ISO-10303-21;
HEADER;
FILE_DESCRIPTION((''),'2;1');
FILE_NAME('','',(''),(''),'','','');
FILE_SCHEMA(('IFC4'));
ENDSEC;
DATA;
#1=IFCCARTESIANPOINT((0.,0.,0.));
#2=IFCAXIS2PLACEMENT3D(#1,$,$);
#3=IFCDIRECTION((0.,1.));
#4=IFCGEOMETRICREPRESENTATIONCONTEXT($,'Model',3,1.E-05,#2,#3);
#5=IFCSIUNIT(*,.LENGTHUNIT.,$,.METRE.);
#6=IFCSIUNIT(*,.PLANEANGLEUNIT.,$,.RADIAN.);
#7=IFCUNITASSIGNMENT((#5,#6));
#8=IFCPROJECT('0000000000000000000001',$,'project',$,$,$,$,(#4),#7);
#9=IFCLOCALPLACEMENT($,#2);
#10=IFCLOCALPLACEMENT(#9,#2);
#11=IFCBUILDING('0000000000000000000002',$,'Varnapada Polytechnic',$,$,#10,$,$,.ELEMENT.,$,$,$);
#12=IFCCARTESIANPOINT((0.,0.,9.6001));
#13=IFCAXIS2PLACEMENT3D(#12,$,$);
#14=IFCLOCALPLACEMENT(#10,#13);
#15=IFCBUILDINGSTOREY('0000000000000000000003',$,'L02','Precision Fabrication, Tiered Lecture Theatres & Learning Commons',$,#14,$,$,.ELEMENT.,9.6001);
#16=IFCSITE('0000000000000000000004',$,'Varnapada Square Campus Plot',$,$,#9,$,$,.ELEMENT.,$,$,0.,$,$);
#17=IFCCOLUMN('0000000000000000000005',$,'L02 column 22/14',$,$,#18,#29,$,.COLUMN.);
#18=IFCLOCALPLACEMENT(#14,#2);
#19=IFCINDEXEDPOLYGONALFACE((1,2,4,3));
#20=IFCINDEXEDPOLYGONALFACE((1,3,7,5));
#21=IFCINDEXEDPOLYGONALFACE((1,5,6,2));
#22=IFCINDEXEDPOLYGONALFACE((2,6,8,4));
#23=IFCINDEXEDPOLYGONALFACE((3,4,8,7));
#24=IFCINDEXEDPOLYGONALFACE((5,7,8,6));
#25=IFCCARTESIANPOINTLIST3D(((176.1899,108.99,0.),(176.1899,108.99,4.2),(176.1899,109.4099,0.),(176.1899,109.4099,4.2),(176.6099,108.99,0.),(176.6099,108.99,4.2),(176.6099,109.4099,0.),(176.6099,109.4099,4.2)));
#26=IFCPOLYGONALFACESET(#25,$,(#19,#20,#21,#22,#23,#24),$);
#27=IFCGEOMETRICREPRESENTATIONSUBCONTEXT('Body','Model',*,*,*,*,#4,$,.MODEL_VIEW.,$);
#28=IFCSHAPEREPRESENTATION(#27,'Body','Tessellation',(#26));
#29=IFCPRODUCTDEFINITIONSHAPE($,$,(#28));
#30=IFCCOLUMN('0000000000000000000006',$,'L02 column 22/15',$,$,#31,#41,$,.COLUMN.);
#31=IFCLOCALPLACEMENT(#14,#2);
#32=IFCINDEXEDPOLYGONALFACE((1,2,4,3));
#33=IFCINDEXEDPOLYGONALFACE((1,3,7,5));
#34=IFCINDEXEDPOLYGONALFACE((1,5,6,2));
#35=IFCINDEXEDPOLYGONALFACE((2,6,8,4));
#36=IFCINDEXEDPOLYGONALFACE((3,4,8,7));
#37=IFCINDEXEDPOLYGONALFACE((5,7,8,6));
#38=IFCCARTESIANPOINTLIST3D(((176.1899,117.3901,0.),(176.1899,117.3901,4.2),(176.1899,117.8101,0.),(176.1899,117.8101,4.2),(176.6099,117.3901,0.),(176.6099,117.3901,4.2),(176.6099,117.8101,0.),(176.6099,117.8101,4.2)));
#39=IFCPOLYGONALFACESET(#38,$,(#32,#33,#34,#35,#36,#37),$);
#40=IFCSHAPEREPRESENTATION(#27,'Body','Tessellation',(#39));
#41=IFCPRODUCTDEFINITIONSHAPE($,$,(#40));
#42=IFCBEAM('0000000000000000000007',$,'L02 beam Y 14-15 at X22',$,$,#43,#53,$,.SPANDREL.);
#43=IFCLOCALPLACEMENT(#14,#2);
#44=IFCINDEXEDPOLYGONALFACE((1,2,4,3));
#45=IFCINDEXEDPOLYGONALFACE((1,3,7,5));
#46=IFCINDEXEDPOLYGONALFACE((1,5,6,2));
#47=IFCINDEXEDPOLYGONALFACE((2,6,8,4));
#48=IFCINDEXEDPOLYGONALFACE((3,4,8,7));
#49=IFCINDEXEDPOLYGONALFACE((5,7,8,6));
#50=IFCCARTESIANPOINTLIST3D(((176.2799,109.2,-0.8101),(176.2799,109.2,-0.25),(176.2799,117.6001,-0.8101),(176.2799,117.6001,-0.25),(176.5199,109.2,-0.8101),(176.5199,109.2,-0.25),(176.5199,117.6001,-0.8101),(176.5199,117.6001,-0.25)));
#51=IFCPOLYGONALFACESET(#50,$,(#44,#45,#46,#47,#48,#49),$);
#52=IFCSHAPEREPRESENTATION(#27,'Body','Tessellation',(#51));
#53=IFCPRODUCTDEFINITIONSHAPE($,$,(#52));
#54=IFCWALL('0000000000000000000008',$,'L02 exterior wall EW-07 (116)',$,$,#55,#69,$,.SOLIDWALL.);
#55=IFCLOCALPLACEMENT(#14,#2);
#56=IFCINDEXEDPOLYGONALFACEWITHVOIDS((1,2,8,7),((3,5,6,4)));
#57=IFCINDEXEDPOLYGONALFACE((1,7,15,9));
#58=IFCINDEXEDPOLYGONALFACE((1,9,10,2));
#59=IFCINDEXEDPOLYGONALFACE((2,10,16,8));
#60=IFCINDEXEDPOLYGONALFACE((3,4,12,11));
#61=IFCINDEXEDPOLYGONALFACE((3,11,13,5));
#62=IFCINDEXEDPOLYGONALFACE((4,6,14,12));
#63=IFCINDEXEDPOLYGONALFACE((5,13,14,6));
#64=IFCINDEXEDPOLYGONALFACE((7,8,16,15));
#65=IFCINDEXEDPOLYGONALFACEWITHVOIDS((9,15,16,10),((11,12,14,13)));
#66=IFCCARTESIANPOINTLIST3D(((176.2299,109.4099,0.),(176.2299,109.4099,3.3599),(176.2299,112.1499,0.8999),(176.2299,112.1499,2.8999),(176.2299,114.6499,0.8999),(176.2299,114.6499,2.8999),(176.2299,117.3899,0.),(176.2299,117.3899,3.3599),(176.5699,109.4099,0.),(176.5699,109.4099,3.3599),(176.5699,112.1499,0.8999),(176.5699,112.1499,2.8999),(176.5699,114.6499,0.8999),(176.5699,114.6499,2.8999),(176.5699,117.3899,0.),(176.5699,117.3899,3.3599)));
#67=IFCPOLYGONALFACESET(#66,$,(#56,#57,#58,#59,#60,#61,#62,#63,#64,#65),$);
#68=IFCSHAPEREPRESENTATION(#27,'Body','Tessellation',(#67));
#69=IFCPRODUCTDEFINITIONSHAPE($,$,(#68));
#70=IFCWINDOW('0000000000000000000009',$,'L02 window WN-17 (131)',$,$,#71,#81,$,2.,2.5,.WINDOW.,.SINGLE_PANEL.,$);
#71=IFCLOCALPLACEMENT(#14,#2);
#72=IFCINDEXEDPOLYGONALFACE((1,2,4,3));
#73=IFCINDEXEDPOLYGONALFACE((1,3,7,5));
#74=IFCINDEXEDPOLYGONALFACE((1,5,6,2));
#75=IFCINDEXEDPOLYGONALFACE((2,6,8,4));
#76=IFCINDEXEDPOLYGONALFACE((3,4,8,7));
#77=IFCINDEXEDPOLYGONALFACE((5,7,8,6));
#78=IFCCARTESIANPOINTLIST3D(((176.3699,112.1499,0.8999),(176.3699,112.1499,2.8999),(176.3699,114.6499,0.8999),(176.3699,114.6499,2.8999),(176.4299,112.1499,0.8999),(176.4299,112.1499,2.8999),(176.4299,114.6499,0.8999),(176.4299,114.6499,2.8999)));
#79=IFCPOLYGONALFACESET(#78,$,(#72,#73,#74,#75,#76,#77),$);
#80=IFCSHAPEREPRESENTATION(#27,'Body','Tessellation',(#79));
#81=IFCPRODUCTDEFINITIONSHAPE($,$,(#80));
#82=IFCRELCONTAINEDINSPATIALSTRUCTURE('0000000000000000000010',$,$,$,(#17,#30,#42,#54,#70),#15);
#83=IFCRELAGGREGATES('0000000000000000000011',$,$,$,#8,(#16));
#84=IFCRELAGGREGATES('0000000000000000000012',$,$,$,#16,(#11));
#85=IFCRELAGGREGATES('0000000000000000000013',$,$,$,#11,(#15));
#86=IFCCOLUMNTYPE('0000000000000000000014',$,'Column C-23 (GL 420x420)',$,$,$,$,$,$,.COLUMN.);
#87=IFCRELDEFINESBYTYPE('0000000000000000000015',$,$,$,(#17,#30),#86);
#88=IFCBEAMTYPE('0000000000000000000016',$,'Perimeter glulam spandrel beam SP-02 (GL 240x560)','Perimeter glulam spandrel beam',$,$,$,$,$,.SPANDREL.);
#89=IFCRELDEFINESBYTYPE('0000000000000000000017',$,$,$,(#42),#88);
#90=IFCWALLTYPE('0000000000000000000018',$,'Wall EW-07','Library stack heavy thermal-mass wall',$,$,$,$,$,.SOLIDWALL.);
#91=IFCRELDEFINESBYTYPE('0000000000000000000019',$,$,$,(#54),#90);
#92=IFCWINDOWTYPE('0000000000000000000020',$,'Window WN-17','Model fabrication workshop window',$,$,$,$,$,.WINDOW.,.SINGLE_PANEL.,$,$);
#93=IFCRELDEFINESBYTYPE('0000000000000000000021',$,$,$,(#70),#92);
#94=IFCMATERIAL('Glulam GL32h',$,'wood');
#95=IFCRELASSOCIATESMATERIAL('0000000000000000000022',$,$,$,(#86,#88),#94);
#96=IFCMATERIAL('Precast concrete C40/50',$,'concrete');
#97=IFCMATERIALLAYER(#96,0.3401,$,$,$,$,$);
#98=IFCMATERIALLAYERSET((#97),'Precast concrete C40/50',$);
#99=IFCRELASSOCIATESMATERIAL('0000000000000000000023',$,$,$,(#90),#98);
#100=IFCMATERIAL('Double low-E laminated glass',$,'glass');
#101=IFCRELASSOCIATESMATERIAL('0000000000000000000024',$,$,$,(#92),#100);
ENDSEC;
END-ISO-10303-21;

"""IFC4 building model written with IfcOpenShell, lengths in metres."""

from ifc_helpers import new_model, si_unit, direction, frame, frame_2d, origin, origin_2d, place, context, subcontext, project, spatial, rectangle, extrude, material, layer, layer_set, material_profile, profile_set, type_object, element, fill, save


model = new_model("IFC4")

# Units and contexts
model_context = context("Model", 3, precision=1e-05, world=origin(), true_north=direction((0.0, 1.0)))
body_context = subcontext(model_context, "Body", "Model", "MODEL_VIEW")
ifc_project = project(units=[si_unit("LENGTHUNIT", "METRE"), si_unit("PLANEANGLEUNIT", "RADIAN")], contexts=[model_context])

# Site, building, storey
site_placement = place(None, origin())
site = spatial("IfcSite", under=ifc_project, at=site_placement, Name="Varnapada Square Campus Plot", CompositionType="ELEMENT", RefElevation=0.0)
building_placement = place(site_placement, origin())
building = spatial("IfcBuilding", under=site, at=building_placement, Name="Varnapada Polytechnic", CompositionType="ELEMENT")
storey_placement = place(building_placement, frame((0.0, 0.0, 9.6001)))
storey = spatial("IfcBuildingStorey", under=building, at=storey_placement, Name="L02", Description="Precision Fabrication, Tiered Lecture Theatres & Learning Commons", CompositionType="ELEMENT", Elevation=9.6001)

# Columns
ifc_material_1 = material(Name="Glulam GL32h", Category="wood")
ifc_material_profile_1 = material_profile(ifc_material_1, rectangle(XDim=0.4199, YDim=0.4199, at=origin_2d()), Name="GL 420x420")
ifc_profile_set_1 = profile_set([ifc_material_profile_1], Name="Glulam GL32h")
column_type = type_object("IfcColumnType", Name="Column C-23 (GL 420x420)", PredefinedType="COLUMN", material=ifc_profile_set_1)
for number, where, z_axis, x_axis, name in (
    (1, (176.3999, 109.2, 0.0), (0.0, 0.0, 1.0), (1.0, 0.0, 0.0), "L02 column 22/14"),
    (2, (176.3999, 117.6001, 0.0), (0.0, 0.0, 1.0), (1.0, 0.0, 0.0), "L02 column 22/15"),
):
    element("IfcColumn", number, at=place(storey_placement, frame(where, z_axis=z_axis, x_axis=x_axis)), inside=storey, type_object=column_type, Name=name, PredefinedType="COLUMN", context=body_context, shape_type="SweptSolid", body=[
        extrude(rectangle(XDim=0.4199, YDim=0.4199, at=origin_2d()), origin(), (0.0, 0.0, 1.0), 4.2),
    ])

# Beam
ifc_material_profile_2 = material_profile(ifc_material_1, rectangle(XDim=0.24, YDim=0.5601, at=origin_2d()), Name="GL 240x560")
ifc_profile_set_2 = profile_set([ifc_material_profile_2], Name="Glulam GL32h")
beam_type = type_object("IfcBeamType", Name="Perimeter glulam spandrel beam SP-02 (GL 240x560)", Description="Perimeter glulam spandrel beam", PredefinedType="SPANDREL", material=ifc_profile_set_2)
beam_placement = place(storey_placement, frame((176.3999, 109.2, -0.53), z_axis=(0.0, 1.0, 0.0), x_axis=(-1.0, 0.0, 0.0)))
element("IfcBeam", 3, at=beam_placement, inside=storey, type_object=beam_type, Name="L02 beam Y 14-15 at X22", PredefinedType="SPANDREL", context=body_context, shape_type="SweptSolid", body=[
    extrude(rectangle(XDim=0.24, YDim=0.5601, at=origin_2d()), origin(), (0.0, 0.0, 1.0), 8.4001),
])

# Wall, opening, window
ifc_material_2 = material(Name="Precast concrete C40/50", Category="concrete")
ifc_layer_1 = layer(ifc_material_2, 0.3401)
ifc_layer_set_1 = layer_set([ifc_layer_1], Name="Precast concrete C40/50")
wall_type = type_object("IfcWallType", Name="Wall EW-07", Description="Library stack heavy thermal-mass wall", PredefinedType="SOLIDWALL", material=ifc_layer_set_1)
wall_placement = place(storey_placement, frame((176.3999, 117.3899, 0.0), z_axis=(0.0, 0.0, 1.0), x_axis=(0.0, -1.0, 0.0)))
wall = element("IfcWall", 4, at=wall_placement, inside=storey, type_object=wall_type, Name="L02 exterior wall EW-07 (116)", PredefinedType="SOLIDWALL", context=body_context, shape_type="SweptSolid", body=[
    extrude(rectangle(XDim=7.98, YDim=0.3401, at=frame_2d((3.99, 0.0))), origin(), (0.0, 0.0, 1.0), 3.3599),
])
opening_1_placement = place(wall_placement, frame((2.74, 0.0, 0.8999)))
opening_1 = element("IfcOpeningElement", 5, at=opening_1_placement, cuts=wall, PredefinedType="OPENING", context=body_context, shape_type="SweptSolid", body=[
    extrude(rectangle(XDim=2.5, YDim=2.0, at=frame_2d((1.25, 1.0))), frame((0.0, 0.1799, 0.0), z_axis=(0.0, -1.0, 0.0), x_axis=(1.0, 0.0, 0.0)), (0.0, 0.0, 1.0), 0.3601),
])
ifc_material_3 = material(Name="Double low-E laminated glass", Category="glass")
window_type = type_object("IfcWindowType", Name="Window WN-17", Description="Model fabrication workshop window", PartitioningType="SINGLE_PANEL", PredefinedType="WINDOW", material=ifc_material_3)
window_placement = place(opening_1_placement, origin())
window = element("IfcWindow", 6, at=window_placement, inside=storey, type_object=window_type, Name="L02 window WN-17 (131)", OverallHeight=2.0, OverallWidth=2.5, PartitioningType="SINGLE_PANEL", PredefinedType="WINDOW", context=body_context, shape_type="SweptSolid", body=[
    extrude(rectangle(XDim=2.5, YDim=2.0, at=frame_2d((1.25, 1.0))), frame((0.0, 0.03, 0.0), z_axis=(0.0, -1.0, 0.0), x_axis=(1.0, 0.0, 0.0)), (0.0, 0.0, 1.0), 0.0601),
])
fill(opening_1, window)

save(model, "model.ifc")
